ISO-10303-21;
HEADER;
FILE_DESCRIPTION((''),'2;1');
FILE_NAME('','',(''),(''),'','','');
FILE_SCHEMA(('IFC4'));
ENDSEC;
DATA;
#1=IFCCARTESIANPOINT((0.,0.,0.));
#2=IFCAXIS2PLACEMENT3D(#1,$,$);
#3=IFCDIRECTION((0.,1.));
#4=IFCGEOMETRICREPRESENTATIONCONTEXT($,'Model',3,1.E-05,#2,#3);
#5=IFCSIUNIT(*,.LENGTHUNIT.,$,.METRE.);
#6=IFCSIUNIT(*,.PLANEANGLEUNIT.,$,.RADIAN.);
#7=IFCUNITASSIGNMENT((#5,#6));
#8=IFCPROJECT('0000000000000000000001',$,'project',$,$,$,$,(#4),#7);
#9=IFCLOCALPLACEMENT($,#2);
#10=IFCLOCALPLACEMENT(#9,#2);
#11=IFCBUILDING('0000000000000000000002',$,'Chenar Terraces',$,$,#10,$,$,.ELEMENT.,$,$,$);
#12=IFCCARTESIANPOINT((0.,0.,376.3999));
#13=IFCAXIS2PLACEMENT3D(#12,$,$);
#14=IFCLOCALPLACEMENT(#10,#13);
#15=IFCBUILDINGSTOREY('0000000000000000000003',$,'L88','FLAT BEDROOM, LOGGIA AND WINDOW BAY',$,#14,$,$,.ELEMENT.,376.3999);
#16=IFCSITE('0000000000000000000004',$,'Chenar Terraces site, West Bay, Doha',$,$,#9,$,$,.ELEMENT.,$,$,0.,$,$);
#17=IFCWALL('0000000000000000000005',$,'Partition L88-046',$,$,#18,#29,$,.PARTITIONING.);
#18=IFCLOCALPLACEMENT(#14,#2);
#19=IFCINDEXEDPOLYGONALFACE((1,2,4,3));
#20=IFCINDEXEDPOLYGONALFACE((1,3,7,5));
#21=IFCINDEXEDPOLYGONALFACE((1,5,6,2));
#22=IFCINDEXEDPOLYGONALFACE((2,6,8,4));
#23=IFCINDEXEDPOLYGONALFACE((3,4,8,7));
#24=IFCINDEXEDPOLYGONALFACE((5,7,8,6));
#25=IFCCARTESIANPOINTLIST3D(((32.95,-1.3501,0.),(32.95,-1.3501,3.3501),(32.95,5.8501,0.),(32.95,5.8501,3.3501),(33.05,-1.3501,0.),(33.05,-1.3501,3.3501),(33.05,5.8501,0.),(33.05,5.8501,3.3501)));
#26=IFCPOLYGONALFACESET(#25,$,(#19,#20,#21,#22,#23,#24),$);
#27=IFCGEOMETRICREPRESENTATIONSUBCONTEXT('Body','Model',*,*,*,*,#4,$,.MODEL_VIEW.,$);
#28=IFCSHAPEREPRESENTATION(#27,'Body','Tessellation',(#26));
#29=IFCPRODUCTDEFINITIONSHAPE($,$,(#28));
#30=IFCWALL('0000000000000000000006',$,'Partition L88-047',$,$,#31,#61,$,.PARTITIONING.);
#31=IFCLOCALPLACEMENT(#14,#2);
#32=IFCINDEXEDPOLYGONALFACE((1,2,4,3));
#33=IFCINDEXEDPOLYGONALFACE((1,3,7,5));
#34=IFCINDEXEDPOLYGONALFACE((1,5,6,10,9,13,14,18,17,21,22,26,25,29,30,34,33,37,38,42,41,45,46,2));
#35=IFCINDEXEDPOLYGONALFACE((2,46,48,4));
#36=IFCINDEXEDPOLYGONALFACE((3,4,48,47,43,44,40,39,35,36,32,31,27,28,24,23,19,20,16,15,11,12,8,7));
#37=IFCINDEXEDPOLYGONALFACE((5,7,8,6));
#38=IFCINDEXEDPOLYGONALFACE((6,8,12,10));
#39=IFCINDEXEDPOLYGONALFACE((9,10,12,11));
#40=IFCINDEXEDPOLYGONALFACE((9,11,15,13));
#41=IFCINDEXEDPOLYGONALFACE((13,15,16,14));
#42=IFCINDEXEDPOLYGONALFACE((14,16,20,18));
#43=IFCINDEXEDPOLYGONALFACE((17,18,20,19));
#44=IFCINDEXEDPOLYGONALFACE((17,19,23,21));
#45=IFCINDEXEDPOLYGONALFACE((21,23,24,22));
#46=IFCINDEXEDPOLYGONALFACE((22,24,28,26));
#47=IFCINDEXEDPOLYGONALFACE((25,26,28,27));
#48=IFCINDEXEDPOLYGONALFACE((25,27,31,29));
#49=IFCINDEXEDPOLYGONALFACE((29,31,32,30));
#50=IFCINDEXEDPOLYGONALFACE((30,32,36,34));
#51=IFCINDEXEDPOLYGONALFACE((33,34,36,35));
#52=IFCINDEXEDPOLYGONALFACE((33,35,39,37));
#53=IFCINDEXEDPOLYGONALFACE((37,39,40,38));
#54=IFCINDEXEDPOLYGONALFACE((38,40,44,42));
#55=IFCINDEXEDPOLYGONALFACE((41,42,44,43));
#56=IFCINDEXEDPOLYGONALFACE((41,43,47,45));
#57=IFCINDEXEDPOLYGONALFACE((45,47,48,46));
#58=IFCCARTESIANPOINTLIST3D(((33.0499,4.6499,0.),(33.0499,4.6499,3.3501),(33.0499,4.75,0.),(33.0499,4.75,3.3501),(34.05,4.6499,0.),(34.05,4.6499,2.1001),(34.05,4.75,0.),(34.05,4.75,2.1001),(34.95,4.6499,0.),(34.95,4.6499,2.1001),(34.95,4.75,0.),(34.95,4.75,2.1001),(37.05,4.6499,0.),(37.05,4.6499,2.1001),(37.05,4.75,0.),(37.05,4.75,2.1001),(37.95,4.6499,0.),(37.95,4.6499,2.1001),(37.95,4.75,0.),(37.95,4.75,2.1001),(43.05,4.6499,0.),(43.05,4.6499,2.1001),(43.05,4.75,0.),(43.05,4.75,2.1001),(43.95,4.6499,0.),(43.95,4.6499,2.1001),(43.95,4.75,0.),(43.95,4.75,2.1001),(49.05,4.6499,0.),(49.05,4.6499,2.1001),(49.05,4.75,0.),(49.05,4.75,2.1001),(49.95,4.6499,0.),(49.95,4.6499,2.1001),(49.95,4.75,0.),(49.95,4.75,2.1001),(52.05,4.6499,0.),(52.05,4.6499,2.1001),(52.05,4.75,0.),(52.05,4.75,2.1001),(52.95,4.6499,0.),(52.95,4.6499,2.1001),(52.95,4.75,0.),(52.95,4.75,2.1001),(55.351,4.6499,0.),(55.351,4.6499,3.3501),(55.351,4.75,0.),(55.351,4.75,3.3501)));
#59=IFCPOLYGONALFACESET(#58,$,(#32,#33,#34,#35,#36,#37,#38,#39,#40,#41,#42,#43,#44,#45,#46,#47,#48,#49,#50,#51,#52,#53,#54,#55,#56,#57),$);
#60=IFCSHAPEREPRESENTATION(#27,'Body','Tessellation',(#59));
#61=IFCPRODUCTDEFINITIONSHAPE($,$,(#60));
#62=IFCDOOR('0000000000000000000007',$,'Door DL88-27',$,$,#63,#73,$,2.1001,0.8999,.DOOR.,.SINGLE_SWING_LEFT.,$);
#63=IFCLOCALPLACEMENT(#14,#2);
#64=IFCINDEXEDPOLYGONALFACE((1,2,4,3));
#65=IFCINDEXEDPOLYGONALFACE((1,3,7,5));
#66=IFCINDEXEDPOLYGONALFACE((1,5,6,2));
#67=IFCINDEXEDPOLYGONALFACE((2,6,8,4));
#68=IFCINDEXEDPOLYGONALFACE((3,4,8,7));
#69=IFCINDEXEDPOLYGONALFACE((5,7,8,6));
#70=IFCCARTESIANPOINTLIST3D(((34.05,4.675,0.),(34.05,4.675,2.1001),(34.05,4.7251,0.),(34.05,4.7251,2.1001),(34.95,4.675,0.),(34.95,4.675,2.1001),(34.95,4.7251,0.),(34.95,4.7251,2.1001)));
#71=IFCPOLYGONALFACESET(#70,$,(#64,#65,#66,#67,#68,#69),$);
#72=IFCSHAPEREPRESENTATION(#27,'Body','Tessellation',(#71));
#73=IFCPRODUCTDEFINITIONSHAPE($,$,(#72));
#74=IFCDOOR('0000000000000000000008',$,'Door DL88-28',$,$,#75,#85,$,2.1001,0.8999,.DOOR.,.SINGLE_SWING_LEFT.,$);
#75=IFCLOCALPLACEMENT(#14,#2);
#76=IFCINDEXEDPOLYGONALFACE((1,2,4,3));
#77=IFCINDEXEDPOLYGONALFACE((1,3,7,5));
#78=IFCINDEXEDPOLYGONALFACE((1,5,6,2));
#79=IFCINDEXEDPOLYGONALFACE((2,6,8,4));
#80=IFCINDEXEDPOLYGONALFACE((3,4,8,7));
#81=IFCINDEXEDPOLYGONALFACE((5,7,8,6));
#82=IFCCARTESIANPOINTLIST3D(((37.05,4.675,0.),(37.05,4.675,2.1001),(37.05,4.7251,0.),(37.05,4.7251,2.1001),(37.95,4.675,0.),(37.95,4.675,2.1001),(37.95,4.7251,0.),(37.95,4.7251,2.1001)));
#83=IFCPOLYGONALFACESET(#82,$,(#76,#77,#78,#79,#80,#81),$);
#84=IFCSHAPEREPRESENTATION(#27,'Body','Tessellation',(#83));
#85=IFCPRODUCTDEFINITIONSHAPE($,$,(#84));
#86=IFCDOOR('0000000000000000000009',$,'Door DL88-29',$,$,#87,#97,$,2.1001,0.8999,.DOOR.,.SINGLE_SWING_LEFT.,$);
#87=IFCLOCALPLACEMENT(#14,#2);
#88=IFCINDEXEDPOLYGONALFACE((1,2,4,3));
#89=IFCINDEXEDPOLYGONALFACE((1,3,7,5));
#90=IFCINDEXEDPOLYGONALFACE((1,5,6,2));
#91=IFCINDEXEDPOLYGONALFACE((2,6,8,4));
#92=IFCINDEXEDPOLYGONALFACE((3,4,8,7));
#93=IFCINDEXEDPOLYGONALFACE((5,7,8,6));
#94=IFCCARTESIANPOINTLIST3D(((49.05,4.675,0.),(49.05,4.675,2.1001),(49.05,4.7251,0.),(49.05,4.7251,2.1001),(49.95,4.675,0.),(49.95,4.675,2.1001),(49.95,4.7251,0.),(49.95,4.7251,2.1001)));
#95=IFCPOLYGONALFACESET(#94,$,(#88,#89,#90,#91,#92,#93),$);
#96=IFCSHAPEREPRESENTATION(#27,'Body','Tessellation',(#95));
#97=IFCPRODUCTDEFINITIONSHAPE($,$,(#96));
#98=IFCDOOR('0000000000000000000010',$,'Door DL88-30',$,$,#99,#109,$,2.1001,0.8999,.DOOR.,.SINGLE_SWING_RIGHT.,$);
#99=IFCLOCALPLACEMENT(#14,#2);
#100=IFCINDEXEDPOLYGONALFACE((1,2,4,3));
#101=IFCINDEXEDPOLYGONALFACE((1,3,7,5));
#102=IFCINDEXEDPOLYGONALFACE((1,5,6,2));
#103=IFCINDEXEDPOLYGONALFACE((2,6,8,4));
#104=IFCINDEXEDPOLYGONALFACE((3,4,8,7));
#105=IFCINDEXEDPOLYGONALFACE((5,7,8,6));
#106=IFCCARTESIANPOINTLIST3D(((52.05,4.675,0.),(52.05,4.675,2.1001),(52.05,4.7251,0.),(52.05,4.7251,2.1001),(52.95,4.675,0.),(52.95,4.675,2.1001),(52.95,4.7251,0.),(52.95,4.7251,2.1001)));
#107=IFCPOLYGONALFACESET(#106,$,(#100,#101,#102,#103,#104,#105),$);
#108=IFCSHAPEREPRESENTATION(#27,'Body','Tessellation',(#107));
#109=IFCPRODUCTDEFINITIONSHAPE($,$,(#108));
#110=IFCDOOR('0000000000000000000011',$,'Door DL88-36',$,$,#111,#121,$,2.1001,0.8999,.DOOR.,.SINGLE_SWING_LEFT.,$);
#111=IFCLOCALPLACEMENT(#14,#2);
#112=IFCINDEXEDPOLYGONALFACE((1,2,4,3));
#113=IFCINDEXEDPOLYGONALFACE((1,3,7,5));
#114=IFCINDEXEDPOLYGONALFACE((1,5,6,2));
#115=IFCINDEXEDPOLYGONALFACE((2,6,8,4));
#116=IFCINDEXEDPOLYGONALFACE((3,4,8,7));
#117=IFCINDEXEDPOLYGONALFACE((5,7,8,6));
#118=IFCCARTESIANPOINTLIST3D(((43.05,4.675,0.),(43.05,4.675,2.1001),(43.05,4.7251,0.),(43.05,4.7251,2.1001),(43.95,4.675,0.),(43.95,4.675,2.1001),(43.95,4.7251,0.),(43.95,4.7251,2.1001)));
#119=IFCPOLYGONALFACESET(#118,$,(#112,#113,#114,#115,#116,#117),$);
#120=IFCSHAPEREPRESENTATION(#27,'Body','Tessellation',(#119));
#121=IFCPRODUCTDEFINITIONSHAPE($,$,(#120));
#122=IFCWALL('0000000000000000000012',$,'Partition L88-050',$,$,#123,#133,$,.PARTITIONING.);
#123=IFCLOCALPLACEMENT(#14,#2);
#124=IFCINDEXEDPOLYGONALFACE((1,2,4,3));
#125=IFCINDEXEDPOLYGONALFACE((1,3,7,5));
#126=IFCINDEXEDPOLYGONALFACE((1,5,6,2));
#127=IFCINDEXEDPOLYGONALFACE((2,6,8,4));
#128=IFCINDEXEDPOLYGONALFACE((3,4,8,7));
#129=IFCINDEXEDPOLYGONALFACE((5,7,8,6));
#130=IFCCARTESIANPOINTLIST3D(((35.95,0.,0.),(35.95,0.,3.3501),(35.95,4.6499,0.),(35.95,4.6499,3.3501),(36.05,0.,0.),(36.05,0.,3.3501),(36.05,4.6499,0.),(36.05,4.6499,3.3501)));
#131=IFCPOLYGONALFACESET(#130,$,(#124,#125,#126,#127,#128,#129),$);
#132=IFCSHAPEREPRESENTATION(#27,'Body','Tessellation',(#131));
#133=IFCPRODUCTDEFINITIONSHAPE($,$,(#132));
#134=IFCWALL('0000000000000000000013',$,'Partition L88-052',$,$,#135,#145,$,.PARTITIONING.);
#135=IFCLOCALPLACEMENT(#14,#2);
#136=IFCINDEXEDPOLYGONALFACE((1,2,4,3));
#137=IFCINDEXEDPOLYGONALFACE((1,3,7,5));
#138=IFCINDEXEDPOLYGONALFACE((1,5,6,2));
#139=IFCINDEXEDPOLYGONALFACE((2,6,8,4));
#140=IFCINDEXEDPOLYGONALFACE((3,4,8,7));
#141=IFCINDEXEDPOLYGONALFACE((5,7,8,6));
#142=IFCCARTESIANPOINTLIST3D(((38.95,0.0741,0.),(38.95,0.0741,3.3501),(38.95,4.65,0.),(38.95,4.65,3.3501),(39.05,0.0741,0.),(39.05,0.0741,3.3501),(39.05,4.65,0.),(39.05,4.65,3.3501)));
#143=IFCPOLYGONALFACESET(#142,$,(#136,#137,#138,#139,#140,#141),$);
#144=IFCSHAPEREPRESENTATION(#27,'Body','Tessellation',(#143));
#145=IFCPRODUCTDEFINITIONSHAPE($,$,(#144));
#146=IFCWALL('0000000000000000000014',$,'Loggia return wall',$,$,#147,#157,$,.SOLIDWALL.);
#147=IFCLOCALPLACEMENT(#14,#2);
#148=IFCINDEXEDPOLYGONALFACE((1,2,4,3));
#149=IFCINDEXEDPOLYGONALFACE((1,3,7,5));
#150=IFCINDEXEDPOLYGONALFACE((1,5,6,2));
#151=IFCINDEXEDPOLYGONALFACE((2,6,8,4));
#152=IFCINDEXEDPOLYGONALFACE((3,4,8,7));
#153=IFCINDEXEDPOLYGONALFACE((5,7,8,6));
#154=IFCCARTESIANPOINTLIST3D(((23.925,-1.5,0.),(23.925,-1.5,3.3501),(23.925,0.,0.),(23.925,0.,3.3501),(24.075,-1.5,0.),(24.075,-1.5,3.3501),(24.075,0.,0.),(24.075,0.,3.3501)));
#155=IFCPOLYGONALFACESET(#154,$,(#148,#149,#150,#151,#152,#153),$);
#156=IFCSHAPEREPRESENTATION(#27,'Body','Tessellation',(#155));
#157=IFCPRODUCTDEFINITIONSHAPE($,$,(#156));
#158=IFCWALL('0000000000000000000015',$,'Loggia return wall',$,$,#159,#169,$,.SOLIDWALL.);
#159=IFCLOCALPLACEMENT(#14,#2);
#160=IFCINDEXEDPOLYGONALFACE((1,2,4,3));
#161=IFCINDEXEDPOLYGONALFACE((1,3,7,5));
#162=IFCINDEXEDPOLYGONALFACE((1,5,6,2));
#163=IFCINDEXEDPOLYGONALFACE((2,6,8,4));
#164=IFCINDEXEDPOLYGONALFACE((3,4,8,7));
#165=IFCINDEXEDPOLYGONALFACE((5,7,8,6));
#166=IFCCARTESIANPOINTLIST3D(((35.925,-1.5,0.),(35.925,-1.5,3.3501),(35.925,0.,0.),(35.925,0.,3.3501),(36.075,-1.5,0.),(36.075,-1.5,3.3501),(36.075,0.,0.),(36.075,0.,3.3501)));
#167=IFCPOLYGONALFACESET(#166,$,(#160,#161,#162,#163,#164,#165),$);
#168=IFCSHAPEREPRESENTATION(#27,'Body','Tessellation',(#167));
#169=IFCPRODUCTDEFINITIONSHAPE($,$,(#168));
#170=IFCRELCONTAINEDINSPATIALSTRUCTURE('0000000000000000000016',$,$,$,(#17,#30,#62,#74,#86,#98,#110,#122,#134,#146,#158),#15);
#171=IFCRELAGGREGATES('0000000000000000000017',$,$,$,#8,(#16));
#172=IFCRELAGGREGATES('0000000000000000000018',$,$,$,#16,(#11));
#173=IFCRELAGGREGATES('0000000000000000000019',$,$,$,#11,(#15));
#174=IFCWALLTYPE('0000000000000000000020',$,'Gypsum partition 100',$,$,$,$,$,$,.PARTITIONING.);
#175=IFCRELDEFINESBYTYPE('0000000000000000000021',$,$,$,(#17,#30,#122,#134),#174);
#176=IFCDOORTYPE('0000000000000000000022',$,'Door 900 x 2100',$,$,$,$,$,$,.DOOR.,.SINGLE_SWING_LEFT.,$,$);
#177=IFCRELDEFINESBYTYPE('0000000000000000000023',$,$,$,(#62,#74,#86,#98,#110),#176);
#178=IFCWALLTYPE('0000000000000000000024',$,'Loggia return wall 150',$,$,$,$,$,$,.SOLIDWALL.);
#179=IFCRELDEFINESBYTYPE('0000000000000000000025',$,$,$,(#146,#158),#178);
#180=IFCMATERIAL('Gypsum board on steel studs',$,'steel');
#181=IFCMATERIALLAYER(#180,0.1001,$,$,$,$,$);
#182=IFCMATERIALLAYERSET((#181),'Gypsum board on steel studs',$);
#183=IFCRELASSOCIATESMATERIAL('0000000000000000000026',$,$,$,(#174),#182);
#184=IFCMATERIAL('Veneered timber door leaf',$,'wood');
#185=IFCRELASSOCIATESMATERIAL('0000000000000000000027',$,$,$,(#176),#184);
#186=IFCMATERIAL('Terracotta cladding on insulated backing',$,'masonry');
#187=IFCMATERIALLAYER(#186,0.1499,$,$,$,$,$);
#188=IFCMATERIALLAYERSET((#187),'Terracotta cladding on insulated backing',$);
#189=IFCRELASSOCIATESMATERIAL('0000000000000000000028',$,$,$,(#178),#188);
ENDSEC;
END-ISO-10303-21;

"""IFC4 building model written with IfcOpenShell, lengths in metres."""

from ifc_helpers import new_model, si_unit, direction, frame, frame_2d, origin, place, context, subcontext, project, spatial, rectangle, extrude, material, layer, layer_set, type_object, element, fill, save


model = new_model("IFC4")

# Units and contexts
model_context = context("Model", 3, precision=1e-05, world=origin(), true_north=direction((0.0, 1.0)))
body_context = subcontext(model_context, "Body", "Model", "MODEL_VIEW")
ifc_project = project(units=[si_unit("LENGTHUNIT", "METRE"), si_unit("PLANEANGLEUNIT", "RADIAN")], contexts=[model_context])

# Site, building, storey
site_placement = place(None, origin())
site = spatial("IfcSite", under=ifc_project, at=site_placement, Name="Chenar Terraces site, West Bay, Doha", CompositionType="ELEMENT", RefElevation=0.0)
building_placement = place(site_placement, origin())
building = spatial("IfcBuilding", under=site, at=building_placement, Name="Chenar Terraces", CompositionType="ELEMENT")
storey_placement = place(building_placement, frame((0.0, 0.0, 376.3999)))
storey = spatial("IfcBuildingStorey", under=building, at=storey_placement, Name="L88", Description="FLAT BEDROOM, LOGGIA AND WINDOW BAY", CompositionType="ELEMENT", Elevation=376.3999)

# Wall
ifc_material_1 = material(Name="Gypsum board on steel studs", Category="steel")
ifc_layer_1 = layer(ifc_material_1, 0.1001)
ifc_layer_set_1 = layer_set([ifc_layer_1], Name="Gypsum board on steel studs")
wall_type_1 = type_object("IfcWallType", Name="Gypsum partition 100", PredefinedType="PARTITIONING", material=ifc_layer_set_1)
wall_1_placement = place(storey_placement, frame((33.0, -1.3501, 0.0), z_axis=(0.0, 0.0, 1.0), x_axis=(0.0, 1.0, 0.0)))
element("IfcWall", 1, at=wall_1_placement, inside=storey, type_object=wall_type_1, Name="Partition L88-046", PredefinedType="PARTITIONING", context=body_context, shape_type="SweptSolid", body=[
    extrude(rectangle(XDim=7.2002, YDim=0.1001, at=frame_2d((3.6001, 0.0))), origin(), (0.0, 0.0, 1.0), 3.3501),
])

# Wall, openings, doors
wall_2_placement = place(storey_placement, frame((33.05, 4.7, 0.0), z_axis=(0.0, 0.0, 1.0), x_axis=(1.0, 0.0, 0.0)))
wall_2 = element("IfcWall", 2, at=wall_2_placement, inside=storey, type_object=wall_type_1, Name="Partition L88-047", PredefinedType="PARTITIONING", context=body_context, shape_type="SweptSolid", body=[
    extrude(rectangle(XDim=22.301, YDim=0.1001, at=frame_2d((11.1504, 0.0))), origin(), (0.0, 0.0, 1.0), 3.3501),
])
opening_1_placement = place(wall_2_placement, frame((1.0, 0.0, 0.0)))
opening_1 = element("IfcOpeningElement", 3, at=opening_1_placement, cuts=wall_2, PredefinedType="OPENING", context=body_context, shape_type="SweptSolid", body=[
    extrude(rectangle(XDim=0.8999, YDim=2.1001, at=frame_2d((0.45, 1.05))), frame((0.0, 0.0601, 0.0), z_axis=(0.0, -1.0, 0.0), x_axis=(1.0, 0.0, 0.0)), (0.0, 0.0, 1.0), 0.1201),
])
opening_2_placement = place(wall_2_placement, frame((4.0, 0.0, 0.0)))
opening_2 = element("IfcOpeningElement", 4, at=opening_2_placement, cuts=wall_2, PredefinedType="OPENING", context=body_context, shape_type="SweptSolid", body=[
    extrude(rectangle(XDim=0.8999, YDim=2.1001, at=frame_2d((0.45, 1.05))), frame((0.0, 0.0601, 0.0), z_axis=(0.0, -1.0, 0.0), x_axis=(1.0, 0.0, 0.0)), (0.0, 0.0, 1.0), 0.1201),
])
opening_3_placement = place(wall_2_placement, frame((16.0, 0.0, 0.0)))
opening_3 = element("IfcOpeningElement", 5, at=opening_3_placement, cuts=wall_2, PredefinedType="OPENING", context=body_context, shape_type="SweptSolid", body=[
    extrude(rectangle(XDim=0.8999, YDim=2.1001, at=frame_2d((0.45, 1.05))), frame((0.0, 0.0601, 0.0), z_axis=(0.0, -1.0, 0.0), x_axis=(1.0, 0.0, 0.0)), (0.0, 0.0, 1.0), 0.1201),
])
opening_4_placement = place(wall_2_placement, frame((19.0, 0.0, 0.0)))
opening_4 = element("IfcOpeningElement", 6, at=opening_4_placement, cuts=wall_2, PredefinedType="OPENING", context=body_context, shape_type="SweptSolid", body=[
    extrude(rectangle(XDim=0.8999, YDim=2.1001, at=frame_2d((0.45, 1.05))), frame((0.0, 0.0601, 0.0), z_axis=(0.0, -1.0, 0.0), x_axis=(1.0, 0.0, 0.0)), (0.0, 0.0, 1.0), 0.1201),
])
opening_5_placement = place(wall_2_placement, frame((10.0, 0.0, 0.0)))
opening_5 = element("IfcOpeningElement", 7, at=opening_5_placement, cuts=wall_2, PredefinedType="OPENING", context=body_context, shape_type="SweptSolid", body=[
    extrude(rectangle(XDim=0.8999, YDim=2.1001, at=frame_2d((0.45, 1.05))), frame((0.0, 0.0601, 0.0), z_axis=(0.0, -1.0, 0.0), x_axis=(1.0, 0.0, 0.0)), (0.0, 0.0, 1.0), 0.1201),
])
ifc_material_2 = material(Name="Veneered timber door leaf", Category="wood")
door_type_1 = type_object("IfcDoorType", Name="Door 900 x 2100", OperationType="SINGLE_SWING_LEFT", PredefinedType="DOOR", material=ifc_material_2)
door_1_placement = place(opening_1_placement, frame((0.8999, 0.0, 0.0), z_axis=(0.0, 0.0, 1.0), x_axis=(-1.0, 0.0, 0.0)))
door_1 = element("IfcDoor", 8, at=door_1_placement, inside=storey, type_object=door_type_1, Name="Door DL88-27", OperationType="SINGLE_SWING_LEFT", OverallHeight=2.1001, OverallWidth=0.8999, PredefinedType="DOOR", context=body_context, shape_type="SweptSolid", body=[
    extrude(rectangle(XDim=0.8999, YDim=2.1001, at=frame_2d((0.45, 1.05))), frame((0.0, 0.0249, 0.0), z_axis=(0.0, -1.0, 0.0), x_axis=(1.0, 0.0, 0.0)), (0.0, 0.0, 1.0), 0.05),
])
fill(opening_1, door_1)
door_2_placement = place(opening_2_placement, frame((0.8999, 0.0, 0.0), z_axis=(0.0, 0.0, 1.0), x_axis=(-1.0, 0.0, 0.0)))
door_2 = element("IfcDoor", 9, at=door_2_placement, inside=storey, type_object=door_type_1, Name="Door DL88-28", OperationType="SINGLE_SWING_LEFT", OverallHeight=2.1001, OverallWidth=0.8999, PredefinedType="DOOR", context=body_context, shape_type="SweptSolid", body=[
    extrude(rectangle(XDim=0.8999, YDim=2.1001, at=frame_2d((0.45, 1.05))), frame((0.0, 0.0249, 0.0), z_axis=(0.0, -1.0, 0.0), x_axis=(1.0, 0.0, 0.0)), (0.0, 0.0, 1.0), 0.05),
])
fill(opening_2, door_2)
door_3_placement = place(opening_3_placement, frame((0.8999, 0.0, 0.0), z_axis=(0.0, 0.0, 1.0), x_axis=(-1.0, 0.0, 0.0)))
door_3 = element("IfcDoor", 10, at=door_3_placement, inside=storey, type_object=door_type_1, Name="Door DL88-29", OperationType="SINGLE_SWING_LEFT", OverallHeight=2.1001, OverallWidth=0.8999, PredefinedType="DOOR", context=body_context, shape_type="SweptSolid", body=[
    extrude(rectangle(XDim=0.8999, YDim=2.1001, at=frame_2d((0.45, 1.05))), frame((0.0, 0.0249, 0.0), z_axis=(0.0, -1.0, 0.0), x_axis=(1.0, 0.0, 0.0)), (0.0, 0.0, 1.0), 0.05),
])
fill(opening_3, door_3)
door_4_placement = place(opening_4_placement, frame((0.8999, 0.0, 0.0), z_axis=(0.0, 0.0, 1.0), x_axis=(-1.0, 0.0, 0.0)))
door_4 = element("IfcDoor", 11, at=door_4_placement, inside=storey, type_object=door_type_1, Name="Door DL88-30", OperationType="SINGLE_SWING_RIGHT", OverallHeight=2.1001, OverallWidth=0.8999, PredefinedType="DOOR", context=body_context, shape_type="SweptSolid", body=[
    extrude(rectangle(XDim=0.8999, YDim=2.1001, at=frame_2d((0.45, 1.05))), frame((0.0, 0.0249, 0.0), z_axis=(0.0, -1.0, 0.0), x_axis=(1.0, 0.0, 0.0)), (0.0, 0.0, 1.0), 0.05),
])
fill(opening_4, door_4)
door_5_placement = place(opening_5_placement, frame((0.8999, 0.0, 0.0), z_axis=(0.0, 0.0, 1.0), x_axis=(-1.0, 0.0, 0.0)))
door_5 = element("IfcDoor", 12, at=door_5_placement, inside=storey, type_object=door_type_1, Name="Door DL88-36", OperationType="SINGLE_SWING_LEFT", OverallHeight=2.1001, OverallWidth=0.8999, PredefinedType="DOOR", context=body_context, shape_type="SweptSolid", body=[
    extrude(rectangle(XDim=0.8999, YDim=2.1001, at=frame_2d((0.45, 1.05))), frame((0.0, 0.0249, 0.0), z_axis=(0.0, -1.0, 0.0), x_axis=(1.0, 0.0, 0.0)), (0.0, 0.0, 1.0), 0.05),
])
fill(opening_5, door_5)

# Walls
wall_3_placement = place(storey_placement, frame((36.0, 0.0, 0.0), z_axis=(0.0, 0.0, 1.0), x_axis=(0.0, 1.0, 0.0)))
element("IfcWall", 13, at=wall_3_placement, inside=storey, type_object=wall_type_1, Name="Partition L88-050", PredefinedType="PARTITIONING", context=body_context, shape_type="SweptSolid", body=[
    extrude(rectangle(XDim=4.6499, YDim=0.1001, at=frame_2d((2.325, 0.0))), origin(), (0.0, 0.0, 1.0), 3.3501),
])
wall_4_placement = place(storey_placement, frame((39.0, 0.074, 0.0), z_axis=(0.0, 0.0, 1.0), x_axis=(0.0, 1.0, 0.0)))
element("IfcWall", 14, at=wall_4_placement, inside=storey, type_object=wall_type_1, Name="Partition L88-052", PredefinedType="PARTITIONING", context=body_context, shape_type="SweptSolid", body=[
    extrude(rectangle(XDim=4.5759, YDim=0.1001, at=frame_2d((2.2881, 0.0))), origin(), (0.0, 0.0, 1.0), 3.3501),
])
ifc_material_3 = material(Name="Terracotta cladding on insulated backing", Category="masonry")
ifc_layer_2 = layer(ifc_material_3, 0.1499)
ifc_layer_set_2 = layer_set([ifc_layer_2], Name="Terracotta cladding on insulated backing")
wall_type_2 = type_object("IfcWallType", Name="Loggia return wall 150", PredefinedType="SOLIDWALL", material=ifc_layer_set_2)
for number, where, z_axis, x_axis, name in (
    (15, (24.0, -1.5, 0.0), (0.0, 0.0, 1.0), (0.0, 1.0, 0.0), "Loggia return wall"),
    (16, (36.0, -1.5, 0.0), (0.0, 0.0, 1.0), (0.0, 1.0, 0.0), "Loggia return wall"),
):
    element("IfcWall", number, at=place(storey_placement, frame(where, z_axis=z_axis, x_axis=x_axis)), inside=storey, type_object=wall_type_2, Name=name, PredefinedType="SOLIDWALL", context=body_context, shape_type="SweptSolid", body=[
        extrude(rectangle(XDim=1.5, YDim=0.1499, at=frame_2d((0.75, 0.0))), origin(), (0.0, 0.0, 1.0), 3.3501),
    ])

save(model, "model.ifc")
